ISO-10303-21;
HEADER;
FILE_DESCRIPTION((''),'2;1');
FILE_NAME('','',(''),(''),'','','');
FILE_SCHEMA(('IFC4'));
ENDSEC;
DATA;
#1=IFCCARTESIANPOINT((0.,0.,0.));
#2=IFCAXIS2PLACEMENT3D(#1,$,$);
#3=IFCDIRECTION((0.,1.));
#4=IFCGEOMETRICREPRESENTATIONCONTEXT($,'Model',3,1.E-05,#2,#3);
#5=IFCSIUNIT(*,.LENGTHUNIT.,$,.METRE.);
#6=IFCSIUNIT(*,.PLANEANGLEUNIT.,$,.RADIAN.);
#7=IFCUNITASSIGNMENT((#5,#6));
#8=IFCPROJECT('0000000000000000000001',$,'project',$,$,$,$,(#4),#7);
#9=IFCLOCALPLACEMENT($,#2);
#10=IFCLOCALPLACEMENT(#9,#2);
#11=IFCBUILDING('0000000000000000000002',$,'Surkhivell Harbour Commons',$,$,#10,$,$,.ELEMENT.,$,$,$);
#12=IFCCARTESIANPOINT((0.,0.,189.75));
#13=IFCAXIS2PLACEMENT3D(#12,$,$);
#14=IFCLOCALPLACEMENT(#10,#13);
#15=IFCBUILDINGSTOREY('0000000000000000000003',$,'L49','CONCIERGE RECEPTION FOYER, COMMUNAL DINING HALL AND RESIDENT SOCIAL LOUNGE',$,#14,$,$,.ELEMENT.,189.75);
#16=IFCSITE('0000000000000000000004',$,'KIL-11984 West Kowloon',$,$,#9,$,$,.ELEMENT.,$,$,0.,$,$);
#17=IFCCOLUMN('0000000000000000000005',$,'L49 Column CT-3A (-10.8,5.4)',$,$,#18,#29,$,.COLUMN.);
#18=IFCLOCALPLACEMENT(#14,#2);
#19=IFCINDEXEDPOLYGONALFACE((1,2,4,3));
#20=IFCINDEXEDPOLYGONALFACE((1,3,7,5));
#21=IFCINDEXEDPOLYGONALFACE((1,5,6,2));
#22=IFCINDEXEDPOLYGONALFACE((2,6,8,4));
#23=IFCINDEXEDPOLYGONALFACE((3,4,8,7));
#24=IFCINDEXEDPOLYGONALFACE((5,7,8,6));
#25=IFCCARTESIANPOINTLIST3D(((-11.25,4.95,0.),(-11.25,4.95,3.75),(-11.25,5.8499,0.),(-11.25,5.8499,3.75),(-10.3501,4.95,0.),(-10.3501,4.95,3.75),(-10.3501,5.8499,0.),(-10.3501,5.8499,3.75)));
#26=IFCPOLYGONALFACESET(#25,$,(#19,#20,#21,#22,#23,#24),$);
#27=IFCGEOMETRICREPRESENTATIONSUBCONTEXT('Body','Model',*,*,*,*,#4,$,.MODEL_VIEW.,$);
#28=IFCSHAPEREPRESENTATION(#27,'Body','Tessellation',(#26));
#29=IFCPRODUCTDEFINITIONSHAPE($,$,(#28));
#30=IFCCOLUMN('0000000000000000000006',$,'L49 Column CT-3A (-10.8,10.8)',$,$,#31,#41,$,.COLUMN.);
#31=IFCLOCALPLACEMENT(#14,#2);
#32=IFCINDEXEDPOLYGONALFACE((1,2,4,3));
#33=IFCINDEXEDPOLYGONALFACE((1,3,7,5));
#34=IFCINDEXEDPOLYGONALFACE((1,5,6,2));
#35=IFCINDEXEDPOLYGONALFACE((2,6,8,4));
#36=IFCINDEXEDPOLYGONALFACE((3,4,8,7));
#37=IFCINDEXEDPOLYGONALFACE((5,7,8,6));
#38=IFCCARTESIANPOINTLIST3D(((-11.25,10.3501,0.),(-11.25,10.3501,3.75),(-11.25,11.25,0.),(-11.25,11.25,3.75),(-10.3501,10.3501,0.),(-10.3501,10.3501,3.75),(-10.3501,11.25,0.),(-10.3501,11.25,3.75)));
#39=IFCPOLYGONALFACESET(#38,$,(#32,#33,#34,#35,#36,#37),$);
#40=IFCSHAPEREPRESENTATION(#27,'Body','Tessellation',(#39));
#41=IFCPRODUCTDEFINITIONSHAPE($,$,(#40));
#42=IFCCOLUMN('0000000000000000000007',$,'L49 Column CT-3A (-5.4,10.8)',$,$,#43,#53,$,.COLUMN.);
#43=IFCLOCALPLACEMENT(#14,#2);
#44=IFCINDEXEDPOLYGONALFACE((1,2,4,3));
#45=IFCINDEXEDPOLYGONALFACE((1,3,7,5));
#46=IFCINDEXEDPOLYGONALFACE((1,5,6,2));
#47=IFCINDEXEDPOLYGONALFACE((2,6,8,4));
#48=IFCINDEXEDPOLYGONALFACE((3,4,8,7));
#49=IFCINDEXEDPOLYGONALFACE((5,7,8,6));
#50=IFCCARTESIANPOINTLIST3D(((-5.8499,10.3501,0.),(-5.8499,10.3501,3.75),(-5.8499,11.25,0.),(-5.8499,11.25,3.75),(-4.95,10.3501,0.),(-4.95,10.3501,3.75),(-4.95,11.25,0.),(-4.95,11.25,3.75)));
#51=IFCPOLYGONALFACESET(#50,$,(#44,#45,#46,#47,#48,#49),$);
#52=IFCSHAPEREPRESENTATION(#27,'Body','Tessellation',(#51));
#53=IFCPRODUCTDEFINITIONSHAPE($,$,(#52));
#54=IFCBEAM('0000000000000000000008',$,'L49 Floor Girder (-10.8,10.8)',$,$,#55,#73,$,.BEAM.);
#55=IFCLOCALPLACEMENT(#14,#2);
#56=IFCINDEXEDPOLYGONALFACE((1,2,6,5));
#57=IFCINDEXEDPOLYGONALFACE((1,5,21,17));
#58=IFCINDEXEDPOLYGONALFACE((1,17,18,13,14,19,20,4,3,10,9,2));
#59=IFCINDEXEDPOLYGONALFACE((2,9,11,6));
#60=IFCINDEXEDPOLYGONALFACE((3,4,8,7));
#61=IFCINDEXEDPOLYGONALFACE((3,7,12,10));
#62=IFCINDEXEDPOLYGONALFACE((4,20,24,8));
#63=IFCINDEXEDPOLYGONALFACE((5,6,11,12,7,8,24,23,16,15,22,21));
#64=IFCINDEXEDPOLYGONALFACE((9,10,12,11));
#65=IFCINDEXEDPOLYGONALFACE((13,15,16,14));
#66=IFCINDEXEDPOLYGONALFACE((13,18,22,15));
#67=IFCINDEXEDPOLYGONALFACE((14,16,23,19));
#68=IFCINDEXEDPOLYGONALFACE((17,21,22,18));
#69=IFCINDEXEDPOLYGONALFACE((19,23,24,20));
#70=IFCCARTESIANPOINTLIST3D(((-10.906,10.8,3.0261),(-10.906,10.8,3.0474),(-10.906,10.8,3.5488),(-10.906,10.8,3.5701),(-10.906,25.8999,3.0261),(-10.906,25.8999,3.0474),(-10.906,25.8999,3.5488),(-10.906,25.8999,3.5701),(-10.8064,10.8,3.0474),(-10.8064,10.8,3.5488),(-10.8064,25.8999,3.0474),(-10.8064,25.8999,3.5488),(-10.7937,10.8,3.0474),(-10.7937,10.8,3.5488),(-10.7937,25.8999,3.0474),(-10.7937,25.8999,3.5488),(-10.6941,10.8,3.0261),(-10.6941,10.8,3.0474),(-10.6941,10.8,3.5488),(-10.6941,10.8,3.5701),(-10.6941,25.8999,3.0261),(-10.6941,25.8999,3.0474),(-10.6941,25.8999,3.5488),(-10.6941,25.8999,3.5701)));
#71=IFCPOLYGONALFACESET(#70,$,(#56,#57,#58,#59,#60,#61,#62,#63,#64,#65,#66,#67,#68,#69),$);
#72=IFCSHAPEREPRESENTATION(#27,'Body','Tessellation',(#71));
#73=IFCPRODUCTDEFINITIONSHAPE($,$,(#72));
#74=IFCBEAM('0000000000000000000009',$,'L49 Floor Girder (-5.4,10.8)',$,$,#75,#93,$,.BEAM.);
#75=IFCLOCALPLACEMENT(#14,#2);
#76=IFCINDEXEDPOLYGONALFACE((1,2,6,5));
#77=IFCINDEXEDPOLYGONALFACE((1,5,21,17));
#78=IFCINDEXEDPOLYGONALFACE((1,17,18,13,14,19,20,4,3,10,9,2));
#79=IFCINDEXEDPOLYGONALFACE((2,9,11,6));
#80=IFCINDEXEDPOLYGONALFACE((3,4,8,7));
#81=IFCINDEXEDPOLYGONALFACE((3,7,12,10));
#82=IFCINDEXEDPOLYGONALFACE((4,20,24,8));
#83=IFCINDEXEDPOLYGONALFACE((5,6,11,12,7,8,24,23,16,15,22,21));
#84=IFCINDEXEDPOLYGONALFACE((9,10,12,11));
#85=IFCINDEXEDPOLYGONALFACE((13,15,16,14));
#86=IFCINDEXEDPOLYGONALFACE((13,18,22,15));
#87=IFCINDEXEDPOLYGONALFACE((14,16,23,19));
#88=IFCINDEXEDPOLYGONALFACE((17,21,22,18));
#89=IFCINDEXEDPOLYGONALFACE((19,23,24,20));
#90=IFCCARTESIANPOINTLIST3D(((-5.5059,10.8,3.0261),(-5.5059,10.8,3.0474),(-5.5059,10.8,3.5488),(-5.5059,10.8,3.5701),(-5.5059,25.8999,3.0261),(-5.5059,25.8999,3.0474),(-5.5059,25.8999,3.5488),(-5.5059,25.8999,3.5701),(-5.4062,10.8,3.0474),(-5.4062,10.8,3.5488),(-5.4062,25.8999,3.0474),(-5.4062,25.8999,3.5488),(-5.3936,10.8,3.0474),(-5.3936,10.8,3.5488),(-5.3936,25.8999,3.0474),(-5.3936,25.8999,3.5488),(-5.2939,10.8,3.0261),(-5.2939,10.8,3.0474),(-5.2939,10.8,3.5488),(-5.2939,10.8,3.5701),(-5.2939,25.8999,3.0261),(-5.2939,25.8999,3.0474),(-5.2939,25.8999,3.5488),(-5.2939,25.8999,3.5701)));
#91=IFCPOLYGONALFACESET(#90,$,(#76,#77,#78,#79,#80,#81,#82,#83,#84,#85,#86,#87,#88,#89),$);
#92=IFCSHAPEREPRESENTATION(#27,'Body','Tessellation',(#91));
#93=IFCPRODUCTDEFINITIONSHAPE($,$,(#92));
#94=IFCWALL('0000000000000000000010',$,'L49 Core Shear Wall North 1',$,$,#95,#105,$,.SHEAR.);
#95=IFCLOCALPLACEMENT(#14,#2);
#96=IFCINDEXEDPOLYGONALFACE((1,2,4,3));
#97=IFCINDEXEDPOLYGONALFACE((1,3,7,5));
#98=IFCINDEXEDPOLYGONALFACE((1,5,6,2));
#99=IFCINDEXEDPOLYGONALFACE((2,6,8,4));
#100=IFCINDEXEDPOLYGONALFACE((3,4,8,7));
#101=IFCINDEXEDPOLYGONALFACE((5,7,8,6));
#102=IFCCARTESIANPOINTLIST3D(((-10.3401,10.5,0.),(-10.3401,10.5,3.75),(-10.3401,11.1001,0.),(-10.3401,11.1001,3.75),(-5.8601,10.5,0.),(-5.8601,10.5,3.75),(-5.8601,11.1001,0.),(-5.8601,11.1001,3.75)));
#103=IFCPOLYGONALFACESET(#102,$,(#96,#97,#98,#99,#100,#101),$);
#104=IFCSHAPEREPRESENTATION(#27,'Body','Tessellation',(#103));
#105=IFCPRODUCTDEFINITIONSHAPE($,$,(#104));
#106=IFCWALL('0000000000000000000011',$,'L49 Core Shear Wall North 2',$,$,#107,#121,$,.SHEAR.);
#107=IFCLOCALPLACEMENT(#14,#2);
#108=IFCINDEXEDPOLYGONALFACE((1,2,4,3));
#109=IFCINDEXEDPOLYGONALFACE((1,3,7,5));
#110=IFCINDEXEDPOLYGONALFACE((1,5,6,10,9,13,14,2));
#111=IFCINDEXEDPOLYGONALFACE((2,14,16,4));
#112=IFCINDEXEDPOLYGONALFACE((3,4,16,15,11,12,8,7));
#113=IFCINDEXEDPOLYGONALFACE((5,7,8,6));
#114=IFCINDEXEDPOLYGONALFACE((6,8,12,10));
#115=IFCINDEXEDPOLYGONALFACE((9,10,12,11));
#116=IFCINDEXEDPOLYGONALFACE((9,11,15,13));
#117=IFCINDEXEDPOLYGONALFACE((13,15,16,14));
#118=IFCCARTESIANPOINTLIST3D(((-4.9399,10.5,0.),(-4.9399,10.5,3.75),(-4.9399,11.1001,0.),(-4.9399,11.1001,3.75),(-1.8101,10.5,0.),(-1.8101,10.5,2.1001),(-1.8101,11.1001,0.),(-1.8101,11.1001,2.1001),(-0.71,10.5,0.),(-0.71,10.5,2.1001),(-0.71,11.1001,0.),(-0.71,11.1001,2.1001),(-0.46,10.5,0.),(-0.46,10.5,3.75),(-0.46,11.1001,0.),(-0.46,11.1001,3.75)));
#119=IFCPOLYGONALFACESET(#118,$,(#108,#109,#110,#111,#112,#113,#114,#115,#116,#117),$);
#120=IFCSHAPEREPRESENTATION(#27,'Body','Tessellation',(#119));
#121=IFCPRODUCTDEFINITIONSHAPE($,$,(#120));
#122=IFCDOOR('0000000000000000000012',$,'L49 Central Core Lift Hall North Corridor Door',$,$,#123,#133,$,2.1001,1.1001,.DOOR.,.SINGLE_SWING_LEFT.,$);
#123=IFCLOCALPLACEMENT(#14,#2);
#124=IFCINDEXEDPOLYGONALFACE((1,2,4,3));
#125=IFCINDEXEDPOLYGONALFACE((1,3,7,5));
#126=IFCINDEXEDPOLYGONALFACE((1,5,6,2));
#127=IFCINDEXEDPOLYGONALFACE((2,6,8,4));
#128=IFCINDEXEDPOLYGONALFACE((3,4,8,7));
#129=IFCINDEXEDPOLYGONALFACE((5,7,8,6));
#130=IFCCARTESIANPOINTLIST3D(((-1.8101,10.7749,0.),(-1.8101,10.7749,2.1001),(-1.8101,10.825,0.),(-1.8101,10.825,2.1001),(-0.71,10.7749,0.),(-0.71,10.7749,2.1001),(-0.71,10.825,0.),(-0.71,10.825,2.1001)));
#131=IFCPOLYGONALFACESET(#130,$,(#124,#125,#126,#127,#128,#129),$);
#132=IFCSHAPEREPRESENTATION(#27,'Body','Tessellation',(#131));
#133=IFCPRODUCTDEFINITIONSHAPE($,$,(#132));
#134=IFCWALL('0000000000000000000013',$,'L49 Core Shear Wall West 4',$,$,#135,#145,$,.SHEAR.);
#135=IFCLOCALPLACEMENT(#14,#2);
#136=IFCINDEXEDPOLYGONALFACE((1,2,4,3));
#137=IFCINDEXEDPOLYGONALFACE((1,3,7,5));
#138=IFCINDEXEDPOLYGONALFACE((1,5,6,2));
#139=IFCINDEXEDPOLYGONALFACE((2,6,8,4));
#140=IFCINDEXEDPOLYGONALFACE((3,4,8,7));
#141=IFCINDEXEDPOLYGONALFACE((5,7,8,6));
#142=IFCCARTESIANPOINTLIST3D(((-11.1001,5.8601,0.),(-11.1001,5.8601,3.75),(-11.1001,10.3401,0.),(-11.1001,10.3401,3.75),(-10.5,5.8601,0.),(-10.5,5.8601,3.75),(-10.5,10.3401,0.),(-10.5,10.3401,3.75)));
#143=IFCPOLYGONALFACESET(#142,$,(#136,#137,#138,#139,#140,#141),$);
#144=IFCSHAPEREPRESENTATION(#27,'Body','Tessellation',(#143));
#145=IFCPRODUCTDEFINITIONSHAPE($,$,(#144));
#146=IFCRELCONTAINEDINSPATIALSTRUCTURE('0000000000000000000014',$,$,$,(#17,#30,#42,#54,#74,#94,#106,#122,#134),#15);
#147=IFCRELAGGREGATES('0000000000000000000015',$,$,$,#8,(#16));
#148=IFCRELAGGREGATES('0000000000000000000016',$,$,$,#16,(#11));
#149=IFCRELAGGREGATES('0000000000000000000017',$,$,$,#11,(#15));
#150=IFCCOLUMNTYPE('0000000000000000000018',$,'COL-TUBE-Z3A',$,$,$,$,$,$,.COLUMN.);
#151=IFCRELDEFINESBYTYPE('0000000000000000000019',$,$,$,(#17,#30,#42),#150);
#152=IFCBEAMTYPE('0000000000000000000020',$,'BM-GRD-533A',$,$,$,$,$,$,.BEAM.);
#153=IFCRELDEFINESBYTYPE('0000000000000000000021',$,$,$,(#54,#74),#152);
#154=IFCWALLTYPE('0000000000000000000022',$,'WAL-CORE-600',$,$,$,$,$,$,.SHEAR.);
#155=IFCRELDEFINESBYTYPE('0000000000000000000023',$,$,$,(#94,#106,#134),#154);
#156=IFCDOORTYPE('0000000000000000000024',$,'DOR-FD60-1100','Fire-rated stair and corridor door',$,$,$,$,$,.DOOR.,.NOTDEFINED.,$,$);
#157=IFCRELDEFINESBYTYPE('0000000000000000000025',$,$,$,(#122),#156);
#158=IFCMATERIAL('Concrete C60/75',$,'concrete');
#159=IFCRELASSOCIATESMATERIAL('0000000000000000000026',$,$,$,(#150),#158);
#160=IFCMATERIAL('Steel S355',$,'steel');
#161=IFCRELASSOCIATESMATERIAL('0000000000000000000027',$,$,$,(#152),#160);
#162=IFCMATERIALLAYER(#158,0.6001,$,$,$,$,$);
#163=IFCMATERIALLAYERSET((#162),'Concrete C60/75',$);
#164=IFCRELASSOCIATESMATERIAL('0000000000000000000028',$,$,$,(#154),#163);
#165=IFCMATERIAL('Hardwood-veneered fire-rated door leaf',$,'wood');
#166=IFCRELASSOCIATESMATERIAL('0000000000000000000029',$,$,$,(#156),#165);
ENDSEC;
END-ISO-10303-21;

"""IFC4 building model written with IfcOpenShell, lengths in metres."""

from ifc_helpers import new_model, si_unit, direction, frame, frame_2d, origin, origin_2d, place, context, subcontext, project, spatial, rectangle, i_section, extrude, material, layer, layer_set, material_profile, profile_set, type_object, element, fill, save


model = new_model("IFC4")

# Units and contexts
model_context = context("Model", 3, precision=1e-05, world=origin(), true_north=direction((0.0, 1.0)))
body_context = subcontext(model_context, "Body", "Model", "MODEL_VIEW")
ifc_project = project(units=[si_unit("LENGTHUNIT", "METRE"), si_unit("PLANEANGLEUNIT", "RADIAN")], contexts=[model_context])

# Site, building, storey
site_placement = place(None, origin())
site = spatial("IfcSite", under=ifc_project, at=site_placement, Name="KIL-11984 West Kowloon", CompositionType="ELEMENT", RefElevation=0.0)
building_placement = place(site_placement, origin())
building = spatial("IfcBuilding", under=site, at=building_placement, Name="Surkhivell Harbour Commons", CompositionType="ELEMENT")
storey_placement = place(building_placement, frame((0.0, 0.0, 189.75)))
storey = spatial("IfcBuildingStorey", under=building, at=storey_placement, Name="L49", Description="CONCIERGE RECEPTION FOYER, COMMUNAL DINING HALL AND RESIDENT SOCIAL LOUNGE", CompositionType="ELEMENT", Elevation=189.75)

# Columns
ifc_material_1 = material(Name="Concrete C60/75", Category="concrete")
ifc_material_profile_1 = material_profile(ifc_material_1, rectangle(XDim=0.8999, YDim=0.8999, at=origin_2d()), Name="RC-COL-900x900")
ifc_profile_set_1 = profile_set([ifc_material_profile_1], Name="Concrete C60/75")
column_type = type_object("IfcColumnType", Name="COL-TUBE-Z3A", PredefinedType="COLUMN", material=ifc_profile_set_1)
for number, where, z_axis, x_axis, name in (
    (1, (-10.8, 5.3999, 0.0), (0.0, 0.0, 1.0), (1.0, 0.0, 0.0), "L49 Column CT-3A (-10.8,5.4)"),
    (2, (-10.8, 10.8, 0.0), (0.0, 0.0, 1.0), (1.0, 0.0, 0.0), "L49 Column CT-3A (-10.8,10.8)"),
    (3, (-5.3999, 10.8, 0.0), (0.0, 0.0, 1.0), (1.0, 0.0, 0.0), "L49 Column CT-3A (-5.4,10.8)"),
):
    element("IfcColumn", number, at=place(storey_placement, frame(where, z_axis=z_axis, x_axis=x_axis)), inside=storey, type_object=column_type, Name=name, PredefinedType="COLUMN", context=body_context, shape_type="SweptSolid", body=[
        extrude(rectangle(XDim=0.8999, YDim=0.8999, at=origin_2d()), origin(), (0.0, 0.0, 1.0), 3.75),
    ])

# Beams
ifc_material_2 = material(Name="Steel S355", Category="steel")
ifc_material_profile_2 = material_profile(ifc_material_2, i_section(OverallWidth=0.2119, OverallDepth=0.5439, WebThickness=0.0127, FlangeThickness=0.0212, at=origin_2d()), Name="UB533x210x122")
ifc_profile_set_2 = profile_set([ifc_material_profile_2], Name="Steel S355")
beam_type = type_object("IfcBeamType", Name="BM-GRD-533A", PredefinedType="BEAM", material=ifc_profile_set_2)
for number, where, z_axis, x_axis, name in (
    (4, (-10.8, 10.8, 3.2981), (0.0, 1.0, 0.0), (-1.0, 0.0, 0.0), "L49 Floor Girder (-10.8,10.8)"),
    (5, (-5.3999, 10.8, 3.2981), (0.0, 1.0, 0.0), (-1.0, 0.0, 0.0), "L49 Floor Girder (-5.4,10.8)"),
):
    element("IfcBeam", number, at=place(storey_placement, frame(where, z_axis=z_axis, x_axis=x_axis)), inside=storey, type_object=beam_type, Name=name, PredefinedType="BEAM", context=body_context, shape_type="SweptSolid", body=[
        extrude(i_section(OverallWidth=0.2119, OverallDepth=0.5439, WebThickness=0.0127, FlangeThickness=0.0212, at=origin_2d()), origin(), (0.0, 0.0, 1.0), 15.0999),
    ])

# Wall
ifc_layer_1 = layer(ifc_material_1, 0.6001)
ifc_layer_set_1 = layer_set([ifc_layer_1], Name="Concrete C60/75")
wall_type_1 = type_object("IfcWallType", Name="WAL-CORE-600", PredefinedType="SHEAR", material=ifc_layer_set_1)
wall_1_placement = place(storey_placement, frame((-10.3401, 10.8, 0.0), z_axis=(0.0, 0.0, 1.0), x_axis=(1.0, 0.0, 0.0)))
element("IfcWall", 6, at=wall_1_placement, inside=storey, type_object=wall_type_1, Name="L49 Core Shear Wall North 1", PredefinedType="SHEAR", context=body_context, shape_type="SweptSolid", body=[
    extrude(rectangle(XDim=4.48, YDim=0.6001, at=frame_2d((2.24, 0.0))), origin(), (0.0, 0.0, 1.0), 3.75),
])

# Wall, opening, door
wall_2_placement = place(storey_placement, frame((-4.9399, 10.8, 0.0), z_axis=(0.0, 0.0, 1.0), x_axis=(1.0, 0.0, 0.0)))
wall_2 = element("IfcWall", 7, at=wall_2_placement, inside=storey, type_object=wall_type_1, Name="L49 Core Shear Wall North 2", PredefinedType="SHEAR", context=body_context, shape_type="SweptSolid", body=[
    extrude(rectangle(XDim=4.48, YDim=0.6001, at=frame_2d((2.24, 0.0))), origin(), (0.0, 0.0, 1.0), 3.75),
])
opening_1_placement = place(wall_2_placement, frame((3.1299, 0.0, 0.0)))
opening_1 = element("IfcOpeningElement", 8, at=opening_1_placement, cuts=wall_2, PredefinedType="OPENING", context=body_context, shape_type="SweptSolid", body=[
    extrude(rectangle(XDim=1.1001, YDim=2.1001, at=frame_2d((0.55, 1.05))), frame((0.0, 0.3101, 0.0), z_axis=(0.0, -1.0, 0.0), x_axis=(1.0, 0.0, 0.0)), (0.0, 0.0, 1.0), 0.6201),
])
ifc_material_3 = material(Name="Hardwood-veneered fire-rated door leaf", Category="wood")
door_type_1 = type_object("IfcDoorType", Name="DOR-FD60-1100", Description="Fire-rated stair and corridor door", OperationType="NOTDEFINED", PredefinedType="DOOR", material=ifc_material_3)
door_1_placement = place(opening_1_placement, origin())
door_1 = element("IfcDoor", 9, at=door_1_placement, inside=storey, type_object=door_type_1, Name="L49 Central Core Lift Hall North Corridor Door", OperationType="SINGLE_SWING_LEFT", OverallHeight=2.1001, OverallWidth=1.1001, PredefinedType="DOOR", context=body_context, shape_type="SweptSolid", body=[
    extrude(rectangle(XDim=1.1001, YDim=2.1001, at=frame_2d((0.55, 1.05))), frame((0.0, 0.0249, 0.0), z_axis=(0.0, -1.0, 0.0), x_axis=(1.0, 0.0, 0.0)), (0.0, 0.0, 1.0), 0.05),
])
fill(opening_1, door_1)

# Wall
wall_3_placement = place(storey_placement, frame((-10.8, 5.8601, 0.0), z_axis=(0.0, 0.0, 1.0), x_axis=(0.0, 1.0, 0.0)))
element("IfcWall", 10, at=wall_3_placement, inside=storey, type_object=wall_type_1, Name="L49 Core Shear Wall West 4", PredefinedType="SHEAR", context=body_context, shape_type="SweptSolid", body=[
    extrude(rectangle(XDim=4.48, YDim=0.6001, at=frame_2d((2.24, 0.0))), origin(), (0.0, 0.0, 1.0), 3.75),
])

save(model, "model.ifc")
